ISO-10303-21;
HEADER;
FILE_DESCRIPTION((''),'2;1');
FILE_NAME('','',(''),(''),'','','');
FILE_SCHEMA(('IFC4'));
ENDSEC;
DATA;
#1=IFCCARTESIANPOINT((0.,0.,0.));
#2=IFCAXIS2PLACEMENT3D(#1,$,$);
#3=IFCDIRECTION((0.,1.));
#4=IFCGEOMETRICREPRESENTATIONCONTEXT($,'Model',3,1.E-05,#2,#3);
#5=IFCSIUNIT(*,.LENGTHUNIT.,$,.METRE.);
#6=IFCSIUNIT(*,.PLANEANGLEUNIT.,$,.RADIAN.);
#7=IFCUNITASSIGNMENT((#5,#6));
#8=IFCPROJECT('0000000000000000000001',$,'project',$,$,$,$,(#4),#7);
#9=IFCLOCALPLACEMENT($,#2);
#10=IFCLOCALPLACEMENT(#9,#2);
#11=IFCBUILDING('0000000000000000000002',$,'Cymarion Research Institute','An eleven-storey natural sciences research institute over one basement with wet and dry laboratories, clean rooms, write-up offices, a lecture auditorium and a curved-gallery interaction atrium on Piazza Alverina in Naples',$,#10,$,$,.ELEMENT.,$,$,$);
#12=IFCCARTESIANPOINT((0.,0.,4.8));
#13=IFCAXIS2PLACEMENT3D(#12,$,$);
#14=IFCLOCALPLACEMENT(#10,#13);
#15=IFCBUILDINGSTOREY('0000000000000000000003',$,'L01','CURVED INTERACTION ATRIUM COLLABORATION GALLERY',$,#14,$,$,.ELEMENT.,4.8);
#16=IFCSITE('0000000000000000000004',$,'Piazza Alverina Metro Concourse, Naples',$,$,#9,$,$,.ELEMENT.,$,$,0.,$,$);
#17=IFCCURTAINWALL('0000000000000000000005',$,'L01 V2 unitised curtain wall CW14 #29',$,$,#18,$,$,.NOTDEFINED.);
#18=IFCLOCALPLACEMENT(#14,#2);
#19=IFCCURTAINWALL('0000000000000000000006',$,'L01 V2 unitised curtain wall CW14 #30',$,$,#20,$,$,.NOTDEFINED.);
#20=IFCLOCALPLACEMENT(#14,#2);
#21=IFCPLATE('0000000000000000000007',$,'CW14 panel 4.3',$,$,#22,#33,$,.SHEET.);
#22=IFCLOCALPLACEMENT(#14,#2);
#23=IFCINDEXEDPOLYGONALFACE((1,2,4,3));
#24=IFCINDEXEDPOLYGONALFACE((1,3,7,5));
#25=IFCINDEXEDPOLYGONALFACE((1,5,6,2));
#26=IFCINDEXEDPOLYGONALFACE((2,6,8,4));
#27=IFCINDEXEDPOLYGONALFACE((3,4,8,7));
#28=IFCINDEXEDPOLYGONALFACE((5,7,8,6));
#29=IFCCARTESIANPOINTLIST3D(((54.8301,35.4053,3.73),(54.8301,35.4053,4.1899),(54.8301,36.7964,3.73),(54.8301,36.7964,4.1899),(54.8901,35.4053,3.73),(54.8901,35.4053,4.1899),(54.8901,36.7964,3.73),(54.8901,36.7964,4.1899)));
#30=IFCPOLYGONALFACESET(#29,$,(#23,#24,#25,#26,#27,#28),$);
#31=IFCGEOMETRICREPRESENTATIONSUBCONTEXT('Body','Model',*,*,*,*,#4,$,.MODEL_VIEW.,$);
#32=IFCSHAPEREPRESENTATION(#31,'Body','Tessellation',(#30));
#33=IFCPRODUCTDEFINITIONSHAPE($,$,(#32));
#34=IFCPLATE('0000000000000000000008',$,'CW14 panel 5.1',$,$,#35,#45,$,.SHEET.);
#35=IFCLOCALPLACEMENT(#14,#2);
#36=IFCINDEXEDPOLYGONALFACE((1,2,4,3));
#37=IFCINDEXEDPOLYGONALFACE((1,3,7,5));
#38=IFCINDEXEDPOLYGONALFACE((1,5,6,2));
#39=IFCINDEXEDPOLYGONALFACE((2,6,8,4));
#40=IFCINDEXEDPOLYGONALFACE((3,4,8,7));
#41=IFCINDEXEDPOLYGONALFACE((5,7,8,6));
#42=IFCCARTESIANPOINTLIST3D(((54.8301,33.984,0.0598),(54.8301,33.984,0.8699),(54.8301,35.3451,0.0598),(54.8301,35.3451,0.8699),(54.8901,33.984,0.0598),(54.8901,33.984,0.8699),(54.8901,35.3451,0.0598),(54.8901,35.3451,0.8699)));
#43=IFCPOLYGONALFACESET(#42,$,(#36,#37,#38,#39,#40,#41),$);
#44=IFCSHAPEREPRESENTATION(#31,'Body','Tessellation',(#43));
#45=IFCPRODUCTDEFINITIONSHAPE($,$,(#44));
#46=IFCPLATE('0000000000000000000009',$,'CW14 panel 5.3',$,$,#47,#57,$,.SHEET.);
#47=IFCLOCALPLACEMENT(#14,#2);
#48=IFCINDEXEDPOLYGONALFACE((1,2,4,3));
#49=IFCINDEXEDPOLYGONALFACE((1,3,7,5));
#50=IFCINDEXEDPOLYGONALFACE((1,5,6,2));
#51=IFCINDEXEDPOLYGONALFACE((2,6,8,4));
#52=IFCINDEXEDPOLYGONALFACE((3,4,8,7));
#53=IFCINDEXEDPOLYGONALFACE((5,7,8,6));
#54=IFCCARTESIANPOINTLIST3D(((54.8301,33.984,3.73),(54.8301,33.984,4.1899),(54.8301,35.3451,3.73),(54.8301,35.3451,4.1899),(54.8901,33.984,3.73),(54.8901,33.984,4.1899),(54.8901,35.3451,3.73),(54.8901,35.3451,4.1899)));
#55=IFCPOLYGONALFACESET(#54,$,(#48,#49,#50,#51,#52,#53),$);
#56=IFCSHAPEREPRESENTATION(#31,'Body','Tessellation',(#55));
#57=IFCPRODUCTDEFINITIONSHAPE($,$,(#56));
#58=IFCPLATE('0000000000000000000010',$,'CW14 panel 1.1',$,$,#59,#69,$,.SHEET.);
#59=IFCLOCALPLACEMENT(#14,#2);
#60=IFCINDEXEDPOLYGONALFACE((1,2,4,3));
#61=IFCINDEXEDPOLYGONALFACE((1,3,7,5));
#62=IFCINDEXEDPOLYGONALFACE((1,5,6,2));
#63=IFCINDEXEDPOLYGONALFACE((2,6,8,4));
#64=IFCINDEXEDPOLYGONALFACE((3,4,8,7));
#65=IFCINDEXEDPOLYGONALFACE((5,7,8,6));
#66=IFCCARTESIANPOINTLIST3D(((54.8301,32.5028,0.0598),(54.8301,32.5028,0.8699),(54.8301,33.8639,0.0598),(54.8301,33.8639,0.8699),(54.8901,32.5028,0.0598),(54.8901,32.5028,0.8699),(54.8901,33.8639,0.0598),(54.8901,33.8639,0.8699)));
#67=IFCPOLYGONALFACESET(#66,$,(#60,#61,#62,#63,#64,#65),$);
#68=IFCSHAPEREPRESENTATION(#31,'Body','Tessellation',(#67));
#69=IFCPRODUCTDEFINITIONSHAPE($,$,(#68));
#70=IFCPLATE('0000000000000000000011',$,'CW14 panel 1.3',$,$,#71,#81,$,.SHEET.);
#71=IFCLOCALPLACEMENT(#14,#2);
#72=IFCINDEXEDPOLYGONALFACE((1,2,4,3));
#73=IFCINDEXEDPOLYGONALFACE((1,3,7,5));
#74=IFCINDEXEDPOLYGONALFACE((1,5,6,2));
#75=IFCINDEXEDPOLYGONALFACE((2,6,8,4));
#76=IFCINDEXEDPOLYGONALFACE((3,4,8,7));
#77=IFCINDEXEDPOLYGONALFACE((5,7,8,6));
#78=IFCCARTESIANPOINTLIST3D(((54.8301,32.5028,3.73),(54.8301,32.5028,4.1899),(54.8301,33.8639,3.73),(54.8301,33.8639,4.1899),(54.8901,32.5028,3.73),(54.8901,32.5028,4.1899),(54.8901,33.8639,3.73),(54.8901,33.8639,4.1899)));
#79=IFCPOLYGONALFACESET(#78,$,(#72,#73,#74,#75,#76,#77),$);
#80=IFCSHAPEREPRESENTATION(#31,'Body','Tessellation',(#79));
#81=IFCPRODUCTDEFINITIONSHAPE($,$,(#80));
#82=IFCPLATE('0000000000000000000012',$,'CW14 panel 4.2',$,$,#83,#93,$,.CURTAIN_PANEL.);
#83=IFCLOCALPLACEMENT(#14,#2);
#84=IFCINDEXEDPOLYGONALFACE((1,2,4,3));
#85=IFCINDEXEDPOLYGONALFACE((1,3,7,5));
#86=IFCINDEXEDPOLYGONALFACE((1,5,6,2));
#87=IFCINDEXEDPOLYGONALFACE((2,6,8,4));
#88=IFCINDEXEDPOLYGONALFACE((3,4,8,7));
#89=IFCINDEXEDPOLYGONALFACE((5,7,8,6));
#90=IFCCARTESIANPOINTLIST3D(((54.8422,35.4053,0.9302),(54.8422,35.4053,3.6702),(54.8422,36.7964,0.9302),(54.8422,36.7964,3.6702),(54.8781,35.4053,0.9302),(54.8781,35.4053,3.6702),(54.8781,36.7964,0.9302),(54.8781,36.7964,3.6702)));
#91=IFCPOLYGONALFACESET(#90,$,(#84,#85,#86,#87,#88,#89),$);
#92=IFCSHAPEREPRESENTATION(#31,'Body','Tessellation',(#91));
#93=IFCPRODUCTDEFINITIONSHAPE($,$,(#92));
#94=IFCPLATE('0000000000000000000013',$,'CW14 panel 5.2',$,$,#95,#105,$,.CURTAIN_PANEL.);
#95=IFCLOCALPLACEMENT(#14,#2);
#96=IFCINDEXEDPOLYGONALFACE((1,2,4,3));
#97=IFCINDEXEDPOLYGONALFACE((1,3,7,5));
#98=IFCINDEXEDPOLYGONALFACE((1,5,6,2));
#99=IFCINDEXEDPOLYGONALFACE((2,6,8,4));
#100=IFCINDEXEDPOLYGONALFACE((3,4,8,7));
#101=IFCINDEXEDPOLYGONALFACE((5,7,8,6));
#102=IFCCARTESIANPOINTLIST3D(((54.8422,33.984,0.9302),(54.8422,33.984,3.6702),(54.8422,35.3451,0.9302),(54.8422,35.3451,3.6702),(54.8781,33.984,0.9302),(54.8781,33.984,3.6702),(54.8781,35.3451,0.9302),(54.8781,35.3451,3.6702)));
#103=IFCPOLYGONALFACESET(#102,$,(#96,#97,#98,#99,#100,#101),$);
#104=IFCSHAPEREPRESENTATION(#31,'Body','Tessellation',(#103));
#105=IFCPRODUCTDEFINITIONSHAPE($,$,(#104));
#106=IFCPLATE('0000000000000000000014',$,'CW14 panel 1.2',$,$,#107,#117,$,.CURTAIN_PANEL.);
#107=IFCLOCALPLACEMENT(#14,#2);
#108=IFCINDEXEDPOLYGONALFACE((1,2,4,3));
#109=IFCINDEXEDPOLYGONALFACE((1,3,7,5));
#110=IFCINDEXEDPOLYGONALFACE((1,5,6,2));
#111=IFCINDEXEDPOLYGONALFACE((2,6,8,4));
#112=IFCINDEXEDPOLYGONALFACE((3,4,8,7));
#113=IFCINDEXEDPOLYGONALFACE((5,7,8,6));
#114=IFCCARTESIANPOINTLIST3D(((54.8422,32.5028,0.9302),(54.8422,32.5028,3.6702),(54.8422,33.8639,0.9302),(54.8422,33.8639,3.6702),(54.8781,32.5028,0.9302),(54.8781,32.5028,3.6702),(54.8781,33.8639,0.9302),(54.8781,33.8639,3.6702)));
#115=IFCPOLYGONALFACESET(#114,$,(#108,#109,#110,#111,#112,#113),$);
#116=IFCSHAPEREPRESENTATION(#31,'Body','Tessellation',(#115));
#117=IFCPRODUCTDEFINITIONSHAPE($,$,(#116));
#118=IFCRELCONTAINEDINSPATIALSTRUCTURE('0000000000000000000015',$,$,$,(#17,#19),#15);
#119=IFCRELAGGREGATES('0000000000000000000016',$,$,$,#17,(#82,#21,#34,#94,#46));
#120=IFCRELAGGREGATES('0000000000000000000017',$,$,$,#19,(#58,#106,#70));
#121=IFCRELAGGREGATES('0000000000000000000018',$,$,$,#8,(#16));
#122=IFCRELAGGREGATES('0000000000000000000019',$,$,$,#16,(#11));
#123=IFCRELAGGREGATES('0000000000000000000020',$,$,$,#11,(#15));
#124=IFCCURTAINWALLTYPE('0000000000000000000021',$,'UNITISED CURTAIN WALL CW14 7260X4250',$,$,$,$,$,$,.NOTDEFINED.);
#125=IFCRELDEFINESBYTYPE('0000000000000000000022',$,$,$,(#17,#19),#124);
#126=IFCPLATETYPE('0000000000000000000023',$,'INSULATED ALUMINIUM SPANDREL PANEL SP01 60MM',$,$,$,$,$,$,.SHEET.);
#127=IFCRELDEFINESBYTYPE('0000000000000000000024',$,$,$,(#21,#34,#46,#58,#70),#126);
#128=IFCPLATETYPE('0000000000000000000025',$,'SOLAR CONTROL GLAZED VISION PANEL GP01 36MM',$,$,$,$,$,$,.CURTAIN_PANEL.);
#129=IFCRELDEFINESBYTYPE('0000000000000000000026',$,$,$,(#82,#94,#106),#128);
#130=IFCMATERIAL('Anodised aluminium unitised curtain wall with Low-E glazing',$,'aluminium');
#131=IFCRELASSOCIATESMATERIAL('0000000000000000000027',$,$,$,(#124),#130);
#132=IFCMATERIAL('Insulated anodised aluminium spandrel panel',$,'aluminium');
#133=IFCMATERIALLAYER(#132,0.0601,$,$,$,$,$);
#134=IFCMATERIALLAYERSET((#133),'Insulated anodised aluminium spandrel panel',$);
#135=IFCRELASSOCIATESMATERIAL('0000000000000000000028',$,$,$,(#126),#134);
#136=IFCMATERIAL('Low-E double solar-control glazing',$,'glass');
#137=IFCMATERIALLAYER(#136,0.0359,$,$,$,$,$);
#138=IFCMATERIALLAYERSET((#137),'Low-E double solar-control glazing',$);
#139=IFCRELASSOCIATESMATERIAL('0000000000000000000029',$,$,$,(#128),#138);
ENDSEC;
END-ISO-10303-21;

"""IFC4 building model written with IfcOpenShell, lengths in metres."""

from ifc_helpers import new_model, si_unit, direction, frame, origin, origin_2d, place, context, subcontext, project, spatial, rectangle, extrude, material, layer, layer_set, type_object, element, aggregate, save


model = new_model("IFC4")

# Units and contexts
model_context = context("Model", 3, precision=1e-05, world=origin(), true_north=direction((0.0, 1.0)))
body_context = subcontext(model_context, "Body", "Model", "MODEL_VIEW")
ifc_project = project(units=[si_unit("LENGTHUNIT", "METRE"), si_unit("PLANEANGLEUNIT", "RADIAN")], contexts=[model_context])

# Site, building, storey
site_placement = place(None, origin())
site = spatial("IfcSite", under=ifc_project, at=site_placement, Name="Piazza Alverina Metro Concourse, Naples", CompositionType="ELEMENT", RefElevation=0.0)
building_placement = place(site_placement, origin())
building = spatial("IfcBuilding", under=site, at=building_placement, Name="Cymarion Research Institute", Description="An eleven-storey natural sciences research institute over one basement with wet and dry laboratories, clean rooms, write-up offices, a lecture auditorium and a curved-gallery interaction atrium on Piazza Alverina in Naples", CompositionType="ELEMENT")
storey_placement = place(building_placement, frame((0.0, 0.0, 4.8)))
storey = spatial("IfcBuildingStorey", under=building, at=storey_placement, Name="L01", Description="CURVED INTERACTION ATRIUM COLLABORATION GALLERY", CompositionType="ELEMENT", Elevation=4.8)

# Curtain walls
ifc_material_1 = material(Name="Anodised aluminium unitised curtain wall with Low-E glazing", Category="aluminium")
curtain_wall_type = type_object("IfcCurtainWallType", Name="UNITISED CURTAIN WALL CW14 7260X4250", PredefinedType="NOTDEFINED", material=ifc_material_1)
curtain_wall_1_placement = place(storey_placement, origin())
curtain_wall_1 = element("IfcCurtainWall", 1, at=curtain_wall_1_placement, inside=storey, type_object=curtain_wall_type, Name="L01 V2 unitised curtain wall CW14 #29", PredefinedType="NOTDEFINED")
curtain_wall_2_placement = place(storey_placement, origin())
curtain_wall_2 = element("IfcCurtainWall", 2, at=curtain_wall_2_placement, inside=storey, type_object=curtain_wall_type, Name="L01 V2 unitised curtain wall CW14 #30", PredefinedType="NOTDEFINED")

# Plates
ifc_material_2 = material(Name="Insulated anodised aluminium spandrel panel", Category="aluminium")
ifc_layer_1 = layer(ifc_material_2, 0.0601)
ifc_layer_set_1 = layer_set([ifc_layer_1], Name="Insulated anodised aluminium spandrel panel")
plate_type_1 = type_object("IfcPlateType", Name="INSULATED ALUMINIUM SPANDREL PANEL SP01 60MM", PredefinedType="SHEET", material=ifc_layer_set_1)
plate_1_placement = place(storey_placement, frame((54.8601, 36.1008, 3.73), z_axis=(0.0, 0.0, 1.0), x_axis=(0.0, -1.0, 0.0)))
plate_1 = element("IfcPlate", 3, at=plate_1_placement, type_object=plate_type_1, Name="CW14 panel 4.3", PredefinedType="SHEET", context=body_context, shape_type="SweptSolid", body=[
    extrude(rectangle(XDim=1.3911, YDim=0.0601, at=origin_2d()), origin(), (0.0, 0.0, 1.0), 0.46),
])
plate_2_placement = place(storey_placement, frame((54.8601, 34.6646, 0.0598), z_axis=(0.0, 0.0, 1.0), x_axis=(0.0, -1.0, 0.0)))
plate_2 = element("IfcPlate", 4, at=plate_2_placement, type_object=plate_type_1, Name="CW14 panel 5.1", PredefinedType="SHEET", context=body_context, shape_type="SweptSolid", body=[
    extrude(rectangle(XDim=1.3611, YDim=0.0601, at=origin_2d()), origin(), (0.0, 0.0, 1.0), 0.8101),
])
plate_3_placement = place(storey_placement, frame((54.8601, 34.6646, 3.73), z_axis=(0.0, 0.0, 1.0), x_axis=(0.0, -1.0, 0.0)))
plate_3 = element("IfcPlate", 5, at=plate_3_placement, type_object=plate_type_1, Name="CW14 panel 5.3", PredefinedType="SHEET", context=body_context, shape_type="SweptSolid", body=[
    extrude(rectangle(XDim=1.3611, YDim=0.0601, at=origin_2d()), origin(), (0.0, 0.0, 1.0), 0.46),
])
plate_4_placement = place(storey_placement, frame((54.8601, 33.1833, 0.0598), z_axis=(0.0, 0.0, 1.0), x_axis=(0.0, -1.0, 0.0)))
plate_4 = element("IfcPlate", 6, at=plate_4_placement, type_object=plate_type_1, Name="CW14 panel 1.1", PredefinedType="SHEET", context=body_context, shape_type="SweptSolid", body=[
    extrude(rectangle(XDim=1.3611, YDim=0.0601, at=origin_2d()), origin(), (0.0, 0.0, 1.0), 0.8101),
])
plate_5_placement = place(storey_placement, frame((54.8601, 33.1833, 3.73), z_axis=(0.0, 0.0, 1.0), x_axis=(0.0, -1.0, 0.0)))
plate_5 = element("IfcPlate", 7, at=plate_5_placement, type_object=plate_type_1, Name="CW14 panel 1.3", PredefinedType="SHEET", context=body_context, shape_type="SweptSolid", body=[
    extrude(rectangle(XDim=1.3611, YDim=0.0601, at=origin_2d()), origin(), (0.0, 0.0, 1.0), 0.46),
])
ifc_material_3 = material(Name="Low-E double solar-control glazing", Category="glass")
ifc_layer_2 = layer(ifc_material_3, 0.0359)
ifc_layer_set_2 = layer_set([ifc_layer_2], Name="Low-E double solar-control glazing")
plate_type_2 = type_object("IfcPlateType", Name="SOLAR CONTROL GLAZED VISION PANEL GP01 36MM", PredefinedType="CURTAIN_PANEL", material=ifc_layer_set_2)
plate_6_placement = place(storey_placement, frame((54.8601, 36.1008, 0.9302), z_axis=(0.0, 0.0, 1.0), x_axis=(0.0, -1.0, 0.0)))
plate_6 = element("IfcPlate", 8, at=plate_6_placement, type_object=plate_type_2, Name="CW14 panel 4.2", PredefinedType="CURTAIN_PANEL", context=body_context, shape_type="SweptSolid", body=[
    extrude(rectangle(XDim=1.3911, YDim=0.0359, at=origin_2d()), origin(), (0.0, 0.0, 1.0), 2.74),
])
plate_7_placement = place(storey_placement, frame((54.8601, 34.6646, 0.9302), z_axis=(0.0, 0.0, 1.0), x_axis=(0.0, -1.0, 0.0)))
plate_7 = element("IfcPlate", 9, at=plate_7_placement, type_object=plate_type_2, Name="CW14 panel 5.2", PredefinedType="CURTAIN_PANEL", context=body_context, shape_type="SweptSolid", body=[
    extrude(rectangle(XDim=1.3611, YDim=0.0359, at=origin_2d()), origin(), (0.0, 0.0, 1.0), 2.74),
])
aggregate(curtain_wall_1, [plate_6, plate_1, plate_2, plate_7, plate_3])
plate_8_placement = place(storey_placement, frame((54.8601, 33.1833, 0.9302), z_axis=(0.0, 0.0, 1.0), x_axis=(0.0, -1.0, 0.0)))
plate_8 = element("IfcPlate", 10, at=plate_8_placement, type_object=plate_type_2, Name="CW14 panel 1.2", PredefinedType="CURTAIN_PANEL", context=body_context, shape_type="SweptSolid", body=[
    extrude(rectangle(XDim=1.3611, YDim=0.0359, at=origin_2d()), origin(), (0.0, 0.0, 1.0), 2.74),
])
aggregate(curtain_wall_2, [plate_4, plate_8, plate_5])

save(model, "model.ifc")
